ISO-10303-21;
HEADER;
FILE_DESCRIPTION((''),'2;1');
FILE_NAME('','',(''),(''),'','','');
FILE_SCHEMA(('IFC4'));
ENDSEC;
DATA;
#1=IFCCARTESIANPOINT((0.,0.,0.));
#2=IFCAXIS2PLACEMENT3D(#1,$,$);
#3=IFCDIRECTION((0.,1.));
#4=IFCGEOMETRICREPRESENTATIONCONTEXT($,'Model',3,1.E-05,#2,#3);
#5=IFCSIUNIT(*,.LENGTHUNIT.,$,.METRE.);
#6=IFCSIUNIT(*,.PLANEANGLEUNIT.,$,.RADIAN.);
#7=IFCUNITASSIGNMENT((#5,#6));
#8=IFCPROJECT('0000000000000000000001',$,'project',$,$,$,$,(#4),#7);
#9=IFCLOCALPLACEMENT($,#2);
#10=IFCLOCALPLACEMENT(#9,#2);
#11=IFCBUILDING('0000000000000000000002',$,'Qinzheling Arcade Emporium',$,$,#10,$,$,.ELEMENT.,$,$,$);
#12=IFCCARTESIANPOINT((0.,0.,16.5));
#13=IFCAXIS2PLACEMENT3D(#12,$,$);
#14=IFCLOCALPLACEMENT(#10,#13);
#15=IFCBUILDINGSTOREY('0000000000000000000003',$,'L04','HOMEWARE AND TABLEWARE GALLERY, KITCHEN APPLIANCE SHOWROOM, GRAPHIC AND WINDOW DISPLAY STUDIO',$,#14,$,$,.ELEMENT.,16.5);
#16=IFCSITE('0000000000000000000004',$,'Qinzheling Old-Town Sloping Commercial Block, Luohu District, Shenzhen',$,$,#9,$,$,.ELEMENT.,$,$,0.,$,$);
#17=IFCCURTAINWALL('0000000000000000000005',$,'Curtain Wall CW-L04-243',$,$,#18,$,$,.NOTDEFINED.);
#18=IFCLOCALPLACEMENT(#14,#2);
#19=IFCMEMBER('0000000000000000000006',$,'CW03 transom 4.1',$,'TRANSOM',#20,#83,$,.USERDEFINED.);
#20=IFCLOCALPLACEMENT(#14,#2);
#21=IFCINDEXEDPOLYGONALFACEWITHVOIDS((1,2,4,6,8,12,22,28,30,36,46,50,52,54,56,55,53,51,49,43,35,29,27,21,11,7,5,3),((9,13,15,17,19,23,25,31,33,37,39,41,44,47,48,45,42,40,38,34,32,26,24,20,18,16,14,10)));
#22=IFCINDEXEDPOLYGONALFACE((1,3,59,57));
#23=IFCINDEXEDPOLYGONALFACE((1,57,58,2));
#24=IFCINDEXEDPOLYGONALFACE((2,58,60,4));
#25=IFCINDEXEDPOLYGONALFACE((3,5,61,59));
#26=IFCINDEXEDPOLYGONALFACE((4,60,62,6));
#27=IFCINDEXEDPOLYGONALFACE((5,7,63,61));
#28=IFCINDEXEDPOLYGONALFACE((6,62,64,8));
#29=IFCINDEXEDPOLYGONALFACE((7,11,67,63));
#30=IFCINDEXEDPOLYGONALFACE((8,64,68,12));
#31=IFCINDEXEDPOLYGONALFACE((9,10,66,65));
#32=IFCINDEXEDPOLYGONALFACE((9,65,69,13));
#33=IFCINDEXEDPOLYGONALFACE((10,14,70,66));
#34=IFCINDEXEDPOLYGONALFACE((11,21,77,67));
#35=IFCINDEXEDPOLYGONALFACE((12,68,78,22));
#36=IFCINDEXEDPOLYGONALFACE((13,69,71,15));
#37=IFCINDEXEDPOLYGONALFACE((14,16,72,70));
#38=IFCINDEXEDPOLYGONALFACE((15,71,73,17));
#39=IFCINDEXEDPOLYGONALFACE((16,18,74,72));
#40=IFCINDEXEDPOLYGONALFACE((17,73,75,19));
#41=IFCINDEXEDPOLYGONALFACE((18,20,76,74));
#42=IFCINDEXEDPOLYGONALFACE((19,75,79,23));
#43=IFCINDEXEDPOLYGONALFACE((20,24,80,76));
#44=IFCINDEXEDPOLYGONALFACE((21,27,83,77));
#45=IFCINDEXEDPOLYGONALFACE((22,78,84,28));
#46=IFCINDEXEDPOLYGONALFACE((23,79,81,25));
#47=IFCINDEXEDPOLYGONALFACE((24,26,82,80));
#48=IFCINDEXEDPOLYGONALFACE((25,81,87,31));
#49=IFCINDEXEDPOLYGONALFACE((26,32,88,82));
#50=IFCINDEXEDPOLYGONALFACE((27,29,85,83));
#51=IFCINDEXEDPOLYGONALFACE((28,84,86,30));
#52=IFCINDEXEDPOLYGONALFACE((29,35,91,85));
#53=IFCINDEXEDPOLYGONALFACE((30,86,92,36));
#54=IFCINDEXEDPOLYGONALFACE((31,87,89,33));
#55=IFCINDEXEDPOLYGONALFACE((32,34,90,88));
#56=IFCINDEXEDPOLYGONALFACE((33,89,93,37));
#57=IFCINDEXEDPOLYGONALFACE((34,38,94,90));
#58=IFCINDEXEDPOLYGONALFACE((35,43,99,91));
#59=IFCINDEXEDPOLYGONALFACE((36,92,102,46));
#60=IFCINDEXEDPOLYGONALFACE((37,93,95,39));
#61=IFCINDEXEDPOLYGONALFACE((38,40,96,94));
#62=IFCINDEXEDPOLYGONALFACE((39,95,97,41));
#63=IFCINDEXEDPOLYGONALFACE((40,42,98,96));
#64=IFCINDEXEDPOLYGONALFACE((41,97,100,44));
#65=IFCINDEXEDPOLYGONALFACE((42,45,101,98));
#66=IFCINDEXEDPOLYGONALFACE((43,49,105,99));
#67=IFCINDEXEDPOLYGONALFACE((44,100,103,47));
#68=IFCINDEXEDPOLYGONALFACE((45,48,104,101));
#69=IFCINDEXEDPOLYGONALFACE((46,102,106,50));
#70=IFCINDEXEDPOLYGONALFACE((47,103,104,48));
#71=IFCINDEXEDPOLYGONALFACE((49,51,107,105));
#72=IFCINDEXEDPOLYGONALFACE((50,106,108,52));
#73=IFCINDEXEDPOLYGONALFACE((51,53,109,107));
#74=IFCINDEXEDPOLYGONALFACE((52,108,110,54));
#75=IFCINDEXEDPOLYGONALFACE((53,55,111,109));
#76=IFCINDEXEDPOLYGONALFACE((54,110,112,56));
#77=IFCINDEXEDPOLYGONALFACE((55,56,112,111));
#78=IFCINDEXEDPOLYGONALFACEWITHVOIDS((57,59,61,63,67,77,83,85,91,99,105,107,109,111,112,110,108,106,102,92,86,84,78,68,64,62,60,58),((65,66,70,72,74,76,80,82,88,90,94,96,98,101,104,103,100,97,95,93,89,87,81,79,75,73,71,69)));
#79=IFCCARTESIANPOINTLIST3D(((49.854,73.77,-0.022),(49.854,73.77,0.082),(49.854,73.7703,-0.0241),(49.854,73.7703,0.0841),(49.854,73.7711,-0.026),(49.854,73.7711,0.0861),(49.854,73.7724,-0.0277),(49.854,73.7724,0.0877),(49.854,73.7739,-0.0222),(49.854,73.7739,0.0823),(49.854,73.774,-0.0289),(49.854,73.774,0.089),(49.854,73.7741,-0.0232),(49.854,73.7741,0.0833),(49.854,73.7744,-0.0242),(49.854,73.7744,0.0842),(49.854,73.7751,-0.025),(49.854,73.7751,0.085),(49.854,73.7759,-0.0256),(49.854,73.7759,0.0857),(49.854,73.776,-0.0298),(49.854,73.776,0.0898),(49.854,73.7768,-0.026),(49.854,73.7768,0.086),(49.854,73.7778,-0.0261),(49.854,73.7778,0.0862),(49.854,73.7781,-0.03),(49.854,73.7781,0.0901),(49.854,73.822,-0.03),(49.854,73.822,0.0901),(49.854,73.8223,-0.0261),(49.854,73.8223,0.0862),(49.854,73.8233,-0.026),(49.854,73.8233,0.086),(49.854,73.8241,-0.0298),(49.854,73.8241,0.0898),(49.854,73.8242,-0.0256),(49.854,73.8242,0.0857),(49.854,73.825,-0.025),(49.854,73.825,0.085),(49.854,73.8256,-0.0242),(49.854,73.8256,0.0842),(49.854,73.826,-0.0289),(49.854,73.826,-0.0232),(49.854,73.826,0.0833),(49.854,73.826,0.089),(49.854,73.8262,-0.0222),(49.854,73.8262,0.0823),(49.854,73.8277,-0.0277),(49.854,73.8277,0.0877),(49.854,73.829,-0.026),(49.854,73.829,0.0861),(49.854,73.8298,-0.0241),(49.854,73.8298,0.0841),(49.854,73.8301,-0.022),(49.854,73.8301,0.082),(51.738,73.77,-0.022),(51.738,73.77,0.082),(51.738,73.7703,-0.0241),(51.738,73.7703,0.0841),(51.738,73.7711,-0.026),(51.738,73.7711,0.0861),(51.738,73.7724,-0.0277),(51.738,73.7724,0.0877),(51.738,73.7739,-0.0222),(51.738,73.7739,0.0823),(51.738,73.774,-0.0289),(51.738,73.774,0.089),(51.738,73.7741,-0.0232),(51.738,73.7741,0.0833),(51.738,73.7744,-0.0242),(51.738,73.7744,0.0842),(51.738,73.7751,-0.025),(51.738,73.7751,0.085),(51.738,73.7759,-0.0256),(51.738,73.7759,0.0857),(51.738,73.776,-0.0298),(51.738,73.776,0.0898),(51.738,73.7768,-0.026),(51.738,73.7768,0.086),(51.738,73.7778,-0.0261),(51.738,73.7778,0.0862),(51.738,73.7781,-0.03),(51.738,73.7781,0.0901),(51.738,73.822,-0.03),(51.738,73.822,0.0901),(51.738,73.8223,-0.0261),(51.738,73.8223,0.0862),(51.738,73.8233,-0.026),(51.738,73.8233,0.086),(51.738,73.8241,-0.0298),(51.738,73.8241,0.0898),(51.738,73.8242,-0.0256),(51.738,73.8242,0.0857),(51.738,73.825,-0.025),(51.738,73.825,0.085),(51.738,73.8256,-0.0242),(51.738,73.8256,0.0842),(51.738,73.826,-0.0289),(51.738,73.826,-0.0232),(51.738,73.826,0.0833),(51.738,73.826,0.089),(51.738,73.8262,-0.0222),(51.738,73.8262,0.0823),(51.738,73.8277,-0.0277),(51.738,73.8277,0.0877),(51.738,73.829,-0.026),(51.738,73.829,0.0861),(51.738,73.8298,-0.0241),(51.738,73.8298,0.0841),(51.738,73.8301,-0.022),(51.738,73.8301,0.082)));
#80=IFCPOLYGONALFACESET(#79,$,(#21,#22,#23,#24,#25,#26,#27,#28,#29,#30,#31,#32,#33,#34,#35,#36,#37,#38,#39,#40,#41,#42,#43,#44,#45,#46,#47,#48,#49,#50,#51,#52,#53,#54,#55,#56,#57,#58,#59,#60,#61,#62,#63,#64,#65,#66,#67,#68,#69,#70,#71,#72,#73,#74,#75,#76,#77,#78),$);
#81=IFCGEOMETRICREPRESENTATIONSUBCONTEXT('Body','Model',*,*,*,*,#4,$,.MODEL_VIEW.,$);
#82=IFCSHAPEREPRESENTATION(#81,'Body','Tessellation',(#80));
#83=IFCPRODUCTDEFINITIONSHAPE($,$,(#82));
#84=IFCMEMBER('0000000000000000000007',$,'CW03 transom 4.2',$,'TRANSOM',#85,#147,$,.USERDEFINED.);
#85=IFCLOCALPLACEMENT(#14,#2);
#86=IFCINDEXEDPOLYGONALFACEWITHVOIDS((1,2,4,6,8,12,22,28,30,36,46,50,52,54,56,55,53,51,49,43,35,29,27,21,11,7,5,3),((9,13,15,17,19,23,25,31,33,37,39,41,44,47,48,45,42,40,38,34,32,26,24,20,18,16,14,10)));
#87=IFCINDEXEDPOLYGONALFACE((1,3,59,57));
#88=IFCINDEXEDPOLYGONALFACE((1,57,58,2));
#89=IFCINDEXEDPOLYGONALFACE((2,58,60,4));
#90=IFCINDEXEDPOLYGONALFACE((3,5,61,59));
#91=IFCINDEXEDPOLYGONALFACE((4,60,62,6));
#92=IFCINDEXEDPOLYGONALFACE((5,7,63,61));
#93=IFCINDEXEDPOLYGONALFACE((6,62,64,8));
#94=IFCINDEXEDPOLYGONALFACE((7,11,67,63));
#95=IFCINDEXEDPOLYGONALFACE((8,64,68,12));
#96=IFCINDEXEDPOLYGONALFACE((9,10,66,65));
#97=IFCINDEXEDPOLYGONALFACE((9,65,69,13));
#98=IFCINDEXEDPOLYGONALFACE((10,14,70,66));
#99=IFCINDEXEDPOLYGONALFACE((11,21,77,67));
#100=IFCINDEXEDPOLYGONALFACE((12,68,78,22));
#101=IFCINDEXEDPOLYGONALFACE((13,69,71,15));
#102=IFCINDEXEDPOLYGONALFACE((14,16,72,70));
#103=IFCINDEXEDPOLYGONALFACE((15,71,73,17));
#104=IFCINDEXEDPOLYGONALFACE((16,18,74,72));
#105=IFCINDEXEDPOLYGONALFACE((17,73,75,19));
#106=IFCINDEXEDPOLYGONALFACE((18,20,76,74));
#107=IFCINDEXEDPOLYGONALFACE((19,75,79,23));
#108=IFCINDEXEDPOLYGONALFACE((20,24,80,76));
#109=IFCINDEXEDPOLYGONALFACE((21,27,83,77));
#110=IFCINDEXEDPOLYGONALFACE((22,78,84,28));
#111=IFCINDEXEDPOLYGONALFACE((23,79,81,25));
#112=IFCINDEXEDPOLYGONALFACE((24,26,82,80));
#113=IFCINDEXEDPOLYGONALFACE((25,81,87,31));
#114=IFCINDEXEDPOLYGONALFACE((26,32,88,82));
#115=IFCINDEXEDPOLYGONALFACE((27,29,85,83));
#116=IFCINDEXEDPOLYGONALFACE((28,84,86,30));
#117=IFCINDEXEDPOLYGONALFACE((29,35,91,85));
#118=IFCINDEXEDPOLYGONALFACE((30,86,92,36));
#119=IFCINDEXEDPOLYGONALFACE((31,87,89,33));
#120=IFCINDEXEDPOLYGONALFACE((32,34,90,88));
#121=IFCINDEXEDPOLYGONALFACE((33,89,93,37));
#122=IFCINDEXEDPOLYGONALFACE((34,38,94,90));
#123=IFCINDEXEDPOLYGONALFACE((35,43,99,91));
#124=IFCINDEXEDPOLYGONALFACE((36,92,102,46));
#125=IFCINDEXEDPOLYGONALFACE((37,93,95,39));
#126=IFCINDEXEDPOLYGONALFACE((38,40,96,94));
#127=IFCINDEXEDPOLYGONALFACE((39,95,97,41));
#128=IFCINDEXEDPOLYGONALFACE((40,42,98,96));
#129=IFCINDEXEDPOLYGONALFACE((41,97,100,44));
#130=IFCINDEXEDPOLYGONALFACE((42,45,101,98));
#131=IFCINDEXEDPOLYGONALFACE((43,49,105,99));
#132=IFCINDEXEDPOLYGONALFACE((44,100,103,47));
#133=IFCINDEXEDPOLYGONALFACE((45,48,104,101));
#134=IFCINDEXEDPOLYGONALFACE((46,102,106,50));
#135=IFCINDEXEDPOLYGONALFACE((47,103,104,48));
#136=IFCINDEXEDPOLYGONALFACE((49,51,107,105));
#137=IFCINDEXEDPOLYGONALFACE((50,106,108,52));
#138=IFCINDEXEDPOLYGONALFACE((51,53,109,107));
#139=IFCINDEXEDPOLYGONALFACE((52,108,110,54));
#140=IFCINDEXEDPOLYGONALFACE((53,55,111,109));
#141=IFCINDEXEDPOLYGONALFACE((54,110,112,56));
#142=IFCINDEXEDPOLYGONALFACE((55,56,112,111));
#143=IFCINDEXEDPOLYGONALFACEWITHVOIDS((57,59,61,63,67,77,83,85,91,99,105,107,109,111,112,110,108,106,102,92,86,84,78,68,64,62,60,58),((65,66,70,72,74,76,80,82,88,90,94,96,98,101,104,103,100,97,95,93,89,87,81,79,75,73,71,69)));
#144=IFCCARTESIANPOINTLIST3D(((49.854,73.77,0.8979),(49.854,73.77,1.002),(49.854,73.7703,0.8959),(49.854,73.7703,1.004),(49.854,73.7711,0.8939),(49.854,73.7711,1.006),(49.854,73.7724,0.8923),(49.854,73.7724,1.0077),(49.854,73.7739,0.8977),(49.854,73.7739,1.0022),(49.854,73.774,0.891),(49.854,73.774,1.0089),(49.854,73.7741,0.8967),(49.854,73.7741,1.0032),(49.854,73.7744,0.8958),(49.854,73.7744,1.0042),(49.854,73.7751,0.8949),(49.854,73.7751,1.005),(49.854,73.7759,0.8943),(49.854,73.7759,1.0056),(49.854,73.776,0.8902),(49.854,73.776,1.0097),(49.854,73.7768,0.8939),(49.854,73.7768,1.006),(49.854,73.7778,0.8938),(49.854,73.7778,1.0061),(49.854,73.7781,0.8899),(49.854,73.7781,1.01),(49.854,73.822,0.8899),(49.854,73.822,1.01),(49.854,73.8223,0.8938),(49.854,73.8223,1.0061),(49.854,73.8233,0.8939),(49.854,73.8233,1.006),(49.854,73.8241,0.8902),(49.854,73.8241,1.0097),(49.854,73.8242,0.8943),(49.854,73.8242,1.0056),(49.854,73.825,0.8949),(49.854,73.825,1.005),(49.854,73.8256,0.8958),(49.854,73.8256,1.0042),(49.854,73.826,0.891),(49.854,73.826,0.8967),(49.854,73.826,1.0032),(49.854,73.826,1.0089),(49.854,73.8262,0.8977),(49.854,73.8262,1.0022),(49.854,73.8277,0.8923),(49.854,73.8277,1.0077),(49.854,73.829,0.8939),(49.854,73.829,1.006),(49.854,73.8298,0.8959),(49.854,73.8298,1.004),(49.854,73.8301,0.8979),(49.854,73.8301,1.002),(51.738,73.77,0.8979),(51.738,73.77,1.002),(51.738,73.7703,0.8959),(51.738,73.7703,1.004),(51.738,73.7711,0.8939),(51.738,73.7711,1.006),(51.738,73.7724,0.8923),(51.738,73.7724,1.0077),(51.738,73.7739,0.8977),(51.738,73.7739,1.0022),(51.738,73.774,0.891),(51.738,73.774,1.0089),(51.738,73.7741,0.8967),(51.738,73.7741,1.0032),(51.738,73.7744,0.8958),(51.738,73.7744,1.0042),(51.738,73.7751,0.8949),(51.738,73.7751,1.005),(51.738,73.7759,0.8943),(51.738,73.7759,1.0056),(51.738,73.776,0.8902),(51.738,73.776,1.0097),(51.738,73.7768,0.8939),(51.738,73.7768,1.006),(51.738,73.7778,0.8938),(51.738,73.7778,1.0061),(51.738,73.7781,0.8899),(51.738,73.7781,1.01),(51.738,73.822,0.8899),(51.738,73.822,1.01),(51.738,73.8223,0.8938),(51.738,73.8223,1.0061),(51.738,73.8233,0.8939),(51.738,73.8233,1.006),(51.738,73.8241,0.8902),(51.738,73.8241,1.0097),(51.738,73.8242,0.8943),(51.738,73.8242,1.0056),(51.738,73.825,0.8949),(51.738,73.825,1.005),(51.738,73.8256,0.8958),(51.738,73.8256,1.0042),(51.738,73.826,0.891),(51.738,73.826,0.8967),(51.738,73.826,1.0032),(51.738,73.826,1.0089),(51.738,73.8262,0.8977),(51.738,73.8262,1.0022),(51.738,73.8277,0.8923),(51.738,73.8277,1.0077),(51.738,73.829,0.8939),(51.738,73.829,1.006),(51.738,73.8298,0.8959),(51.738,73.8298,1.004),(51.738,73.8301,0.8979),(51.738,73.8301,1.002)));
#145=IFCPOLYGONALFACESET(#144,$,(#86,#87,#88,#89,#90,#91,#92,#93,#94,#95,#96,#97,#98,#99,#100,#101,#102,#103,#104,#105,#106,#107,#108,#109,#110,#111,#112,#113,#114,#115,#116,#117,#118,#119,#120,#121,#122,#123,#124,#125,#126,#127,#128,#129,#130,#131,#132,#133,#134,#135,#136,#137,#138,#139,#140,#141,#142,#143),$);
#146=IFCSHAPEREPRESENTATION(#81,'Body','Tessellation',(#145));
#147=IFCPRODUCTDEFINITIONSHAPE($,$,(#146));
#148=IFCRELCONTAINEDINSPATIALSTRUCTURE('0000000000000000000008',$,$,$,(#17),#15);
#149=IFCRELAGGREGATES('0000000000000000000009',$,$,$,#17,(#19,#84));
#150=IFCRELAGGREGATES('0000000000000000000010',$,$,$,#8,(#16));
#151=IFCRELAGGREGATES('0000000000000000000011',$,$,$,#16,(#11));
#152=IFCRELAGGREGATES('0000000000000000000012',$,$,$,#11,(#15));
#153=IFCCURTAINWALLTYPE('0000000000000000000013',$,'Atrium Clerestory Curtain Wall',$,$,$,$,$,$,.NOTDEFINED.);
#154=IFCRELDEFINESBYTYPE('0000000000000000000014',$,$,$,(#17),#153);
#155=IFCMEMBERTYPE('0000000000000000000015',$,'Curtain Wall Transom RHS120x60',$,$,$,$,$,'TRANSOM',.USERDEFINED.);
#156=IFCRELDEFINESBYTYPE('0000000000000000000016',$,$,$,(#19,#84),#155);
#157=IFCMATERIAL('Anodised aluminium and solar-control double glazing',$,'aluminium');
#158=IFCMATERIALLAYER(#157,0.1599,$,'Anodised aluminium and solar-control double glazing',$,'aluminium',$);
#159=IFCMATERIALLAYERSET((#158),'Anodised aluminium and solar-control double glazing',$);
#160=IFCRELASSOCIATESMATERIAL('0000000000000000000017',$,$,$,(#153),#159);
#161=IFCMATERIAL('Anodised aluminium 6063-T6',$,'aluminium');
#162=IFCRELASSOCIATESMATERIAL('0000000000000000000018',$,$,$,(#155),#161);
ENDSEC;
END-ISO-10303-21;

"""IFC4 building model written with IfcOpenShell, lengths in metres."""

from ifc_helpers import new_model, si_unit, direction, frame, origin, origin_2d, place, context, subcontext, project, spatial, hollow_rectangle, extrude, material, layer, layer_set, material_profile, profile_set, type_object, element, aggregate, save


model = new_model("IFC4")

# Units and contexts
model_context = context("Model", 3, precision=1e-05, world=origin(), true_north=direction((0.0, 1.0)))
body_context = subcontext(model_context, "Body", "Model", "MODEL_VIEW")
ifc_project = project(units=[si_unit("LENGTHUNIT", "METRE"), si_unit("PLANEANGLEUNIT", "RADIAN")], contexts=[model_context])

# Site, building, storey
site_placement = place(None, origin())
site = spatial("IfcSite", under=ifc_project, at=site_placement, Name="Qinzheling Old-Town Sloping Commercial Block, Luohu District, Shenzhen", CompositionType="ELEMENT", RefElevation=0.0)
building_placement = place(site_placement, origin())
building = spatial("IfcBuilding", under=site, at=building_placement, Name="Qinzheling Arcade Emporium", CompositionType="ELEMENT")
storey_placement = place(building_placement, frame((0.0, 0.0, 16.5)))
storey = spatial("IfcBuildingStorey", under=building, at=storey_placement, Name="L04", Description="HOMEWARE AND TABLEWARE GALLERY, KITCHEN APPLIANCE SHOWROOM, GRAPHIC AND WINDOW DISPLAY STUDIO", CompositionType="ELEMENT", Elevation=16.5)

# Curtain wall, members
ifc_material_1 = material(Name="Anodised aluminium and solar-control double glazing", Category="aluminium")
ifc_layer_1 = layer(ifc_material_1, 0.1599, Name="Anodised aluminium and solar-control double glazing", Category="aluminium")
ifc_layer_set_1 = layer_set([ifc_layer_1], Name="Anodised aluminium and solar-control double glazing")
curtain_wall_type = type_object("IfcCurtainWallType", Name="Atrium Clerestory Curtain Wall", PredefinedType="NOTDEFINED", material=ifc_layer_set_1)
curtain_wall_placement = place(storey_placement, origin())
curtain_wall = element("IfcCurtainWall", 1, at=curtain_wall_placement, inside=storey, type_object=curtain_wall_type, Name="Curtain Wall CW-L04-243", PredefinedType="NOTDEFINED")
ifc_material_2 = material(Name="Anodised aluminium 6063-T6", Category="aluminium")
ifc_material_profile_1 = material_profile(ifc_material_2, hollow_rectangle(XDim=0.0601, YDim=0.1201, WallThickness=0.0039, InnerFilletRadius=0.0039, OuterFilletRadius=0.0081, at=origin_2d()), Name="RHS 120x60x4", Category="aluminium")
ifc_profile_set_1 = profile_set([ifc_material_profile_1], Name="Anodised aluminium 6063-T6")
member_type_1 = type_object("IfcMemberType", Name="Curtain Wall Transom RHS120x60", ElementType="TRANSOM", PredefinedType="USERDEFINED", material=ifc_profile_set_1)
member_1_placement = place(storey_placement, frame((49.854, 73.8, 0.03), z_axis=(1.0, 0.0, 0.0), x_axis=(0.0, 1.0, 0.0)))
member_1 = element("IfcMember", 2, at=member_1_placement, type_object=member_type_1, Name="CW03 transom 4.1", ObjectType="TRANSOM", PredefinedType="USERDEFINED", context=body_context, shape_type="SweptSolid", body=[
    extrude(hollow_rectangle(XDim=0.0601, YDim=0.1201, WallThickness=0.0039, InnerFilletRadius=0.0039, OuterFilletRadius=0.0081, at=origin_2d()), origin(), (0.0, 0.0, 1.0), 1.884),
])
member_2_placement = place(storey_placement, frame((49.854, 73.8, 0.95), z_axis=(1.0, 0.0, 0.0), x_axis=(0.0, 1.0, 0.0)))
member_2 = element("IfcMember", 3, at=member_2_placement, type_object=member_type_1, Name="CW03 transom 4.2", ObjectType="TRANSOM", PredefinedType="USERDEFINED", context=body_context, shape_type="SweptSolid", body=[
    extrude(hollow_rectangle(XDim=0.0601, YDim=0.1201, WallThickness=0.0039, InnerFilletRadius=0.0039, OuterFilletRadius=0.0081, at=origin_2d()), origin(), (0.0, 0.0, 1.0), 1.884),
])
aggregate(curtain_wall, [member_1, member_2])

save(model, "model.ifc")
